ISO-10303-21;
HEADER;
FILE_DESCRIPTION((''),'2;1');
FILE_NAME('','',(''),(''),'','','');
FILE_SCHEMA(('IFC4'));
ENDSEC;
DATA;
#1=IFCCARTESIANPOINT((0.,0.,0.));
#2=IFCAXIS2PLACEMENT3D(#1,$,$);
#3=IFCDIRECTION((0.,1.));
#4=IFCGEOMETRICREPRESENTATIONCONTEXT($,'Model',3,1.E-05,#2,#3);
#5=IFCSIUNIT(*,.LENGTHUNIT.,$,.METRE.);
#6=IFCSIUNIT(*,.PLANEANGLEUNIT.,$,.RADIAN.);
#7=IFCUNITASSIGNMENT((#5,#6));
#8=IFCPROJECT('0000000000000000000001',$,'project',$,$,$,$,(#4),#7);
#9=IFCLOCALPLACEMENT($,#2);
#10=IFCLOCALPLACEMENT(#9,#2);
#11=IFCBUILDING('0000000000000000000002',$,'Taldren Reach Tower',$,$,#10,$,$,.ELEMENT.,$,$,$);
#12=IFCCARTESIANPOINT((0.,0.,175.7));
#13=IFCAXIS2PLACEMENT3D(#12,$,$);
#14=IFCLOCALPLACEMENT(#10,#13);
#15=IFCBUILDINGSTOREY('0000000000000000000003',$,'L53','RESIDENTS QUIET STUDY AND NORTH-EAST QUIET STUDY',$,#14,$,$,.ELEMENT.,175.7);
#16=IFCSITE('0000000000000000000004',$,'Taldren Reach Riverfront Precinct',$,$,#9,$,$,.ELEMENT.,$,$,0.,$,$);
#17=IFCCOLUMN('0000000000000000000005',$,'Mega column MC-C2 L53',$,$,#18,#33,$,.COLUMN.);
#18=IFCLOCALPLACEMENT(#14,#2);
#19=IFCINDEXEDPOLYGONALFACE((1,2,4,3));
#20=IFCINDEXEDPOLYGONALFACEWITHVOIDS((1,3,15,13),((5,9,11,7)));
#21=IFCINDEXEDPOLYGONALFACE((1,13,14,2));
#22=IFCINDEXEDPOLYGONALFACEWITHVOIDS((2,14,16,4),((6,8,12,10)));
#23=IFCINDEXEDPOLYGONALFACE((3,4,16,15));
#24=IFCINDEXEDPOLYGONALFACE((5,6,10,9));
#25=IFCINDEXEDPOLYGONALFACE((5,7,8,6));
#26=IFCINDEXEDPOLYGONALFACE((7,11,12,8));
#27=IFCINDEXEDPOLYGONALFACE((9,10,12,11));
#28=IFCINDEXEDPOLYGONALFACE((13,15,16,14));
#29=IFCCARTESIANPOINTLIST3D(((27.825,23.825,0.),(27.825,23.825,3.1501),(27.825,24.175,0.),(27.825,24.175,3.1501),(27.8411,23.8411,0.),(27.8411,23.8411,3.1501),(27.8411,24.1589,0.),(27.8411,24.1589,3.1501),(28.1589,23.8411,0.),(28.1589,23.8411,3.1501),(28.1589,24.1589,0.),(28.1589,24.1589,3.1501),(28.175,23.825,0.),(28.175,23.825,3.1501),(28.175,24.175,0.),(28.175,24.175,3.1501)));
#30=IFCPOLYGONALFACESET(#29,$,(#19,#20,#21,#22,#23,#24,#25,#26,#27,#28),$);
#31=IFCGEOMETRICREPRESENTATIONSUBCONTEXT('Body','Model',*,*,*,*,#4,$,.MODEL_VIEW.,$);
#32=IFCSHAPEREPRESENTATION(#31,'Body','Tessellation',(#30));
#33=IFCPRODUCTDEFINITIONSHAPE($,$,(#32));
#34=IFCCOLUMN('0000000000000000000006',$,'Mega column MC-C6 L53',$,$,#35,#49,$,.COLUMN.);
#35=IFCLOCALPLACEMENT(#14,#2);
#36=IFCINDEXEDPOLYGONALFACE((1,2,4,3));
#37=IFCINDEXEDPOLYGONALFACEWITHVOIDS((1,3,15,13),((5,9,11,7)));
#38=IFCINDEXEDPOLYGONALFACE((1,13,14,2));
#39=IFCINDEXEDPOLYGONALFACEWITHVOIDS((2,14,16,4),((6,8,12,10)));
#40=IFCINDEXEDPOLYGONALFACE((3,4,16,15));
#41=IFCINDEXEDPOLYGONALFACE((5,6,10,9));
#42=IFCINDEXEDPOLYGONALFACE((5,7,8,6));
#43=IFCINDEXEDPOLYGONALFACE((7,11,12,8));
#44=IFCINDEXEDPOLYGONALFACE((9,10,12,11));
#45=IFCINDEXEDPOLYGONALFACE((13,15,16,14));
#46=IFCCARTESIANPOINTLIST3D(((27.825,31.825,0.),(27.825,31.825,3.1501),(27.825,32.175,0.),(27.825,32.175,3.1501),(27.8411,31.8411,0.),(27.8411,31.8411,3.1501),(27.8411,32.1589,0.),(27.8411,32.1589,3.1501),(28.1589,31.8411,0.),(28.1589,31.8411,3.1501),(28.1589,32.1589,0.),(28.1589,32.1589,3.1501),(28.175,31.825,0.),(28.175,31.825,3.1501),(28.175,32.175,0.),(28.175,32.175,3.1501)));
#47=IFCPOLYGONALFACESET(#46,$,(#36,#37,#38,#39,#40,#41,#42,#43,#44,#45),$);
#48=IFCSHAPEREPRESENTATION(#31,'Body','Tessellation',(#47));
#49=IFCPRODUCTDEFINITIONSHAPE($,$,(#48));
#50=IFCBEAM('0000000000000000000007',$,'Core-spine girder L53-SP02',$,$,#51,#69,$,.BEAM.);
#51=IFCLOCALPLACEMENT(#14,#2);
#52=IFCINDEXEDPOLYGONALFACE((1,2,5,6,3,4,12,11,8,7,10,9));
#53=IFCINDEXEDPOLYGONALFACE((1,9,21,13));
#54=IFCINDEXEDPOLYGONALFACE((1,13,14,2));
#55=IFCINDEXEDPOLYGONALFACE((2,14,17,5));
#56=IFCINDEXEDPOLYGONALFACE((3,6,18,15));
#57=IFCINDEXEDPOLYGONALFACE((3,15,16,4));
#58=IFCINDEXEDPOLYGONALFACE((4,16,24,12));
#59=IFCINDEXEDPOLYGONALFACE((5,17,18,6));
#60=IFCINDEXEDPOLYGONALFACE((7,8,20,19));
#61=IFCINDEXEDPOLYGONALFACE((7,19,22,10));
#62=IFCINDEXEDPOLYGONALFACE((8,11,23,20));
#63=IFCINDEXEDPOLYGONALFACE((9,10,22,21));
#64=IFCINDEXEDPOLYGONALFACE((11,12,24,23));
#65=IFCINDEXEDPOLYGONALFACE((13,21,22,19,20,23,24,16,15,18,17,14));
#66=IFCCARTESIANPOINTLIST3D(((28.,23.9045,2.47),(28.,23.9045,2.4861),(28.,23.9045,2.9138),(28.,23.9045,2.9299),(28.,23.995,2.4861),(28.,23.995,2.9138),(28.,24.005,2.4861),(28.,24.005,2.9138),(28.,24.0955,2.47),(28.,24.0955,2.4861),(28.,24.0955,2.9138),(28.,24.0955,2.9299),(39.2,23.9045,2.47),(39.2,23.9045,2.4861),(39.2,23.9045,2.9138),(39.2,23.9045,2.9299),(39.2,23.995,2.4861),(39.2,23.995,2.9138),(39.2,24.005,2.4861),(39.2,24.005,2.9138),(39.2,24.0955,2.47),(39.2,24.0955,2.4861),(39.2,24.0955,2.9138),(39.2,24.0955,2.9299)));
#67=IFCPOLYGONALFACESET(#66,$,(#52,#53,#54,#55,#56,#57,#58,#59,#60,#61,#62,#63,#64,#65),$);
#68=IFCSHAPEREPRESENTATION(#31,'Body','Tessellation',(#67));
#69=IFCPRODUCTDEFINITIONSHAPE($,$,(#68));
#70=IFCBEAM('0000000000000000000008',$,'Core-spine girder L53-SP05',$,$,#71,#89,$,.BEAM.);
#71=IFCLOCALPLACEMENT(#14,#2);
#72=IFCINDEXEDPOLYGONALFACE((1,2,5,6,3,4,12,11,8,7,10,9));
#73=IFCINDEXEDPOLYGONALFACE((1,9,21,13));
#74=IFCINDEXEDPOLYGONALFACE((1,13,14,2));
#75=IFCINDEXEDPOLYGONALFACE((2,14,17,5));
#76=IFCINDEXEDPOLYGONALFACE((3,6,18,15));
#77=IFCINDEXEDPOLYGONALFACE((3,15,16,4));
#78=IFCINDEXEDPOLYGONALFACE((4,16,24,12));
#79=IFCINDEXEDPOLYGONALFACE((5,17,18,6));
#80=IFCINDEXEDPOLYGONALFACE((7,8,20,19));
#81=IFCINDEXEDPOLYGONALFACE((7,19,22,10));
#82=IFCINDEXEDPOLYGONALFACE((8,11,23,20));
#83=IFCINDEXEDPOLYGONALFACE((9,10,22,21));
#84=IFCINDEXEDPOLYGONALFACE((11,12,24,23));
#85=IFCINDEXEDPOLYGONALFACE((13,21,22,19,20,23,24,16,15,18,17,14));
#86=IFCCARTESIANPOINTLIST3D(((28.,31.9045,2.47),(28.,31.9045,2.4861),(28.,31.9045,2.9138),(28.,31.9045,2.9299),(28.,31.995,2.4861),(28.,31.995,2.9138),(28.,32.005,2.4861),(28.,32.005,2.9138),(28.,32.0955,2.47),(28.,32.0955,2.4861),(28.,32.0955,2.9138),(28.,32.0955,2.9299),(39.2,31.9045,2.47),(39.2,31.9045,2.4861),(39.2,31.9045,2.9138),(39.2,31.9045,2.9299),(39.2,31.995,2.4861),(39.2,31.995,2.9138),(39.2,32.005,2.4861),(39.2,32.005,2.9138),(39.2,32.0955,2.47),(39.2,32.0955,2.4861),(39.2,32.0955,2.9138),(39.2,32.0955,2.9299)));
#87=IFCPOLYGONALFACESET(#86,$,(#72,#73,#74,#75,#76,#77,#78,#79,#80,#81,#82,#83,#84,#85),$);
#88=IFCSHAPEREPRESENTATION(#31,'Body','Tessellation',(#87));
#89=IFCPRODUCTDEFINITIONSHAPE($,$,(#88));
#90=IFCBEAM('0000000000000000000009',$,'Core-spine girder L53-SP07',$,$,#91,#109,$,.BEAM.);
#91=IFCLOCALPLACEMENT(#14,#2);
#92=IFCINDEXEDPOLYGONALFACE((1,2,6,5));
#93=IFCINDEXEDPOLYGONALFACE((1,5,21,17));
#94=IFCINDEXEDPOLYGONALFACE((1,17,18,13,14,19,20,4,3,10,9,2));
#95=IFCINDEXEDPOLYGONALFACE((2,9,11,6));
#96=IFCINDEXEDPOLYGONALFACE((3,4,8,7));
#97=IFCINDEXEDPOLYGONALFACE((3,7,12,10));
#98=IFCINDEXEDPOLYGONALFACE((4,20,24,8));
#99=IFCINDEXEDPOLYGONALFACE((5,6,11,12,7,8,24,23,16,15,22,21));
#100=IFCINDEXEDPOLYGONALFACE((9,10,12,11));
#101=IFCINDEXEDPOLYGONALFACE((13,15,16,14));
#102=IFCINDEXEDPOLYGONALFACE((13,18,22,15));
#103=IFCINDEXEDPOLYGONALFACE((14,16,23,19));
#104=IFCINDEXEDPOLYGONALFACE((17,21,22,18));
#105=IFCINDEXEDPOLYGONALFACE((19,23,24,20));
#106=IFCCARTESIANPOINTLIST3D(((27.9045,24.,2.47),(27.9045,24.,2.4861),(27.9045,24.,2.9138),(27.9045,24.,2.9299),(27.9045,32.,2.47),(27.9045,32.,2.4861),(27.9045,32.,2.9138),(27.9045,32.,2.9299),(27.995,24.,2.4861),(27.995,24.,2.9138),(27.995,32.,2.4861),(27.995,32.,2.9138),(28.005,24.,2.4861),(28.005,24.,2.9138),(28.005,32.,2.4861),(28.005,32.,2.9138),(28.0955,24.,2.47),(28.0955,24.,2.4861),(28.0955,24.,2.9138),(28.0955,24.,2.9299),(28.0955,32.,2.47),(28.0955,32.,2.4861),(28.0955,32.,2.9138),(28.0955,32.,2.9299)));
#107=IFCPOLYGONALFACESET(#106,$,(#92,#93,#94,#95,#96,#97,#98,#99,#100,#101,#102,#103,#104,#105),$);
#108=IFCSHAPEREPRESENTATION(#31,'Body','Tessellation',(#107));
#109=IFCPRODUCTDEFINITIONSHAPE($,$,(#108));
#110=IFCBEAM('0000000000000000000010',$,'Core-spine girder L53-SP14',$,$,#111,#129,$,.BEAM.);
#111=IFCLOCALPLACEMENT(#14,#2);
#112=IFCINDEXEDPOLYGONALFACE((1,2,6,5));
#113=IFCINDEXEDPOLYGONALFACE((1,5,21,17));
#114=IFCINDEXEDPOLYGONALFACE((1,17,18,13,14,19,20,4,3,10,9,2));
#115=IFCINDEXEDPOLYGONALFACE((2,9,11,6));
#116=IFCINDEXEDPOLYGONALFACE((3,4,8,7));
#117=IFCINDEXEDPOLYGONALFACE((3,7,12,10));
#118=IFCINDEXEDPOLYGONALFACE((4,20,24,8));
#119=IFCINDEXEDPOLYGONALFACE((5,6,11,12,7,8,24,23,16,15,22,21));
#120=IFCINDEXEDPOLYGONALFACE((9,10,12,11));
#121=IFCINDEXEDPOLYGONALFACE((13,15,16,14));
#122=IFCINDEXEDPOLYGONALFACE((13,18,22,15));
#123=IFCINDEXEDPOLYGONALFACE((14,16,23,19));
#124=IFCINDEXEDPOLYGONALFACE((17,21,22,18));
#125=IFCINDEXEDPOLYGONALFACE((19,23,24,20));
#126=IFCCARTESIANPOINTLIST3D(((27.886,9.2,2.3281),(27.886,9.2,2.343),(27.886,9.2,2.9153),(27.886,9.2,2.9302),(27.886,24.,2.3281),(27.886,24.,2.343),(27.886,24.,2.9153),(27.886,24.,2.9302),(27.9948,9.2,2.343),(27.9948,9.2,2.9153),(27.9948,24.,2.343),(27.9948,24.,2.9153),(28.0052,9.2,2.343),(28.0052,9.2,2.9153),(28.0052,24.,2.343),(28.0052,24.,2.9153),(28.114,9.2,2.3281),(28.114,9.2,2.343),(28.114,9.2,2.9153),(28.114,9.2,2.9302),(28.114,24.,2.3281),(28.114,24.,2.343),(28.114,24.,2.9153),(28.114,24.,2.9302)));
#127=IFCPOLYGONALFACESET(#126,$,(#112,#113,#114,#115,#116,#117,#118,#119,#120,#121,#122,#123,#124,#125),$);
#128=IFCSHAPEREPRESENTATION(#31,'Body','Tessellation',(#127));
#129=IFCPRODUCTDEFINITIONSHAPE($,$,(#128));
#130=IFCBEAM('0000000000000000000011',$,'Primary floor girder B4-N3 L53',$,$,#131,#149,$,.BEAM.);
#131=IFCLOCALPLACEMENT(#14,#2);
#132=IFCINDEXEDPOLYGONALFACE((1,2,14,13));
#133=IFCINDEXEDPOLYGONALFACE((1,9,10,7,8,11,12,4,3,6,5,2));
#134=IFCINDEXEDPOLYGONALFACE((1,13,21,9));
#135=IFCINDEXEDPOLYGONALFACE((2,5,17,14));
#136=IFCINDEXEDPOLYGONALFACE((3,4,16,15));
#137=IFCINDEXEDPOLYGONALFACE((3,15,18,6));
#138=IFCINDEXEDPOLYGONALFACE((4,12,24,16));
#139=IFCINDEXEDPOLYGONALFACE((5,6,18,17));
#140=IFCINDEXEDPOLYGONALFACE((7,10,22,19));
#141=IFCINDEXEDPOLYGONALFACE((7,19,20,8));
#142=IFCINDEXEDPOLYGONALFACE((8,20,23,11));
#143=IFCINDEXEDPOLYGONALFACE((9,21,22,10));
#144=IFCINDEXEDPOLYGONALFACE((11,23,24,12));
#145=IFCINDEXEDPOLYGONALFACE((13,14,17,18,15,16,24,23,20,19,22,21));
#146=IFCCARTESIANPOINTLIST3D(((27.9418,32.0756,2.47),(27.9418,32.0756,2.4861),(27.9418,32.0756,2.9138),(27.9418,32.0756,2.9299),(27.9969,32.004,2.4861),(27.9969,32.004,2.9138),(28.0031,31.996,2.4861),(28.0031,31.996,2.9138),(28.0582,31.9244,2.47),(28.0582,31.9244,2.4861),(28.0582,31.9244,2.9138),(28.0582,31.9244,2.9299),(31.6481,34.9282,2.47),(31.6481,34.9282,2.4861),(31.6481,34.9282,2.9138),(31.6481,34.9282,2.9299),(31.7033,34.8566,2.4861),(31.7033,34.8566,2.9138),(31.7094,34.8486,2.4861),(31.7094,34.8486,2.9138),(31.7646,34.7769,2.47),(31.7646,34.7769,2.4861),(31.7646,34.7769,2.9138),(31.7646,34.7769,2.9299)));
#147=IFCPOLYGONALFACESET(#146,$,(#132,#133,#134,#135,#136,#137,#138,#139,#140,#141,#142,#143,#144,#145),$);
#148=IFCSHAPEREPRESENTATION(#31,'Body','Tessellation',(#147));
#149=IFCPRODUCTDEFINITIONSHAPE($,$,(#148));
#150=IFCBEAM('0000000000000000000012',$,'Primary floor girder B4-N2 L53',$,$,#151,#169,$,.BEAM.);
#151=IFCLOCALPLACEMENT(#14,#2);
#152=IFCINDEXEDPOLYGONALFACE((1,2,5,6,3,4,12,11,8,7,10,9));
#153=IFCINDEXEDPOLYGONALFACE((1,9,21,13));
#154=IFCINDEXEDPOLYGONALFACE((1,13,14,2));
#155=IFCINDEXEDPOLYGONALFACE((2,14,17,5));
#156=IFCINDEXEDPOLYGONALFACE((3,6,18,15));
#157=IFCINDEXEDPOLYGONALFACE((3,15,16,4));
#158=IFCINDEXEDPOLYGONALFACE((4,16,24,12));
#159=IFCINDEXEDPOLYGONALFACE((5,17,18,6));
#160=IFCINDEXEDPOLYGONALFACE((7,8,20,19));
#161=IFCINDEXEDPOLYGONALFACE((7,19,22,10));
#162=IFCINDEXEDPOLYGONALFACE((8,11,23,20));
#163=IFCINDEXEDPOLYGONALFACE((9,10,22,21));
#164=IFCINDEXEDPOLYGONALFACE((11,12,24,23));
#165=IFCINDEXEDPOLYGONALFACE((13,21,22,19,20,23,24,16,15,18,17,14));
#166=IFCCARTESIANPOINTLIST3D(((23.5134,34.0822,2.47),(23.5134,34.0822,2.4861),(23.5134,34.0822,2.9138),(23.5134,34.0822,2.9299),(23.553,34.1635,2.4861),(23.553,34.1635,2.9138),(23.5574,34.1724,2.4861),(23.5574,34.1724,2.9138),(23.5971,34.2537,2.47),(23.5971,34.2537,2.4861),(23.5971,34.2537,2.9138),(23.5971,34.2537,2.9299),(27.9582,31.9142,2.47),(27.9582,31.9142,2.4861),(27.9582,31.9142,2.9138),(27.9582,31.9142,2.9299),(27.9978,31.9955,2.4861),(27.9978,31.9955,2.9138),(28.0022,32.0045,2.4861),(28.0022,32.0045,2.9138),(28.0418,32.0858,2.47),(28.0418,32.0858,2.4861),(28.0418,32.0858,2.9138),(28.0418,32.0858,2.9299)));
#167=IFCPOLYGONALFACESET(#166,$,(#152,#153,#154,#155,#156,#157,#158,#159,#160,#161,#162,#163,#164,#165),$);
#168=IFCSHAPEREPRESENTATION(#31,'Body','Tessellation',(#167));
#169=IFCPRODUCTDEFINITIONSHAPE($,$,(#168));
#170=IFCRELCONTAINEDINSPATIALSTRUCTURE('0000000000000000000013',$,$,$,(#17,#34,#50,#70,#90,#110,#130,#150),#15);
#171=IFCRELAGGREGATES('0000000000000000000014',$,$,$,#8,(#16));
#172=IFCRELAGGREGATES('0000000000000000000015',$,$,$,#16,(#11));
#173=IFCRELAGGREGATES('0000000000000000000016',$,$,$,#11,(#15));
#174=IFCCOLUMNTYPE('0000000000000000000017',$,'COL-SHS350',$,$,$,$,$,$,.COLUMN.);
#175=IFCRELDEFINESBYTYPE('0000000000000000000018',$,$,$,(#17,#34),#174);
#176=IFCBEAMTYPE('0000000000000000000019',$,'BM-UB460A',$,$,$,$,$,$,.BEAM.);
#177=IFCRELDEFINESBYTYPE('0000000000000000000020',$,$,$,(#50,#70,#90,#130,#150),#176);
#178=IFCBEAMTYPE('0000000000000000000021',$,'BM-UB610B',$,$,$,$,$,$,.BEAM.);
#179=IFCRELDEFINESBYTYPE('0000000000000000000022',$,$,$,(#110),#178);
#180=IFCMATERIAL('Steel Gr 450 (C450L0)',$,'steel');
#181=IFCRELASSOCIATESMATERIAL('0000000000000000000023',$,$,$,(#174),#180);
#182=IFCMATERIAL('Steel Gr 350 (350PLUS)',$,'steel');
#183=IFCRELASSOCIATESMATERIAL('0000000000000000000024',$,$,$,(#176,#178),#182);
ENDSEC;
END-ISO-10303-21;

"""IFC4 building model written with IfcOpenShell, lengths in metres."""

from ifc_helpers import new_model, si_unit, direction, frame, origin, origin_2d, place, context, subcontext, project, spatial, hollow_rectangle, i_section, extrude, source, transform, mapped, material, material_profile, profile_set, type_object, element, save


model = new_model("IFC4")

# Units and contexts
model_context = context("Model", 3, precision=1e-05, world=origin(), true_north=direction((0.0, 1.0)))
body_context = subcontext(model_context, "Body", "Model", "MODEL_VIEW")
ifc_project = project(units=[si_unit("LENGTHUNIT", "METRE"), si_unit("PLANEANGLEUNIT", "RADIAN")], contexts=[model_context])

# Site, building, storey
site_placement = place(None, origin())
site = spatial("IfcSite", under=ifc_project, at=site_placement, Name="Taldren Reach Riverfront Precinct", CompositionType="ELEMENT", RefElevation=0.0)
building_placement = place(site_placement, origin())
building = spatial("IfcBuilding", under=site, at=building_placement, Name="Taldren Reach Tower", CompositionType="ELEMENT")
storey_placement = place(building_placement, frame((0.0, 0.0, 175.7)))
storey = spatial("IfcBuildingStorey", under=building, at=storey_placement, Name="L53", Description="RESIDENTS QUIET STUDY AND NORTH-EAST QUIET STUDY", CompositionType="ELEMENT", Elevation=175.7)

# Columns
ifc_material_1 = material(Name="Steel Gr 450 (C450L0)", Category="steel")
ifc_material_profile_1 = material_profile(ifc_material_1, hollow_rectangle(XDim=0.3501, YDim=0.3501, WallThickness=0.0161, at=origin_2d()), Name="350x350x16.0SHS")
ifc_profile_set_1 = profile_set([ifc_material_profile_1], Name="Steel Gr 450 (C450L0)")
column_type = type_object("IfcColumnType", Name="COL-SHS350", PredefinedType="COLUMN", material=ifc_profile_set_1)
shared_shape_1 = source(origin(), body_context, "Body", "SweptSolid", [
    extrude(hollow_rectangle(XDim=0.3501, YDim=0.3501, WallThickness=0.0161, at=origin_2d()), origin(), (0.0, 0.0, 1.0), 3.1501),
])
for number, where, z_axis, x_axis, name in (
    (1, (28.0, 24.0, 0.0), (0.0, 0.0, 1.0), (1.0, 0.0, 0.0), "Mega column MC-C2 L53"),
    (2, (28.0, 32.0, 0.0), (0.0, 0.0, 1.0), (1.0, 0.0, 0.0), "Mega column MC-C6 L53"),
):
    element("IfcColumn", number, at=place(storey_placement, frame(where, z_axis=z_axis, x_axis=x_axis)), inside=storey, type_object=column_type, Name=name, PredefinedType="COLUMN", context=body_context, shape_type="MappedRepresentation", body=[
        mapped(shared_shape_1, transform((0.0, 0.0, 0.0), scale=1.0)),
    ])

# Beams
ifc_material_2 = material(Name="Steel Gr 350 (350PLUS)", Category="steel")
ifc_material_profile_2 = material_profile(ifc_material_2, i_section(OverallWidth=0.1909, OverallDepth=0.46, WebThickness=0.01, FlangeThickness=0.0161, at=origin_2d()), Name="460UB82.1")
ifc_profile_set_2 = profile_set([ifc_material_profile_2], Name="Steel Gr 350 (350PLUS)")
beam_type_1 = type_object("IfcBeamType", Name="BM-UB460A", PredefinedType="BEAM", material=ifc_profile_set_2)
shared_shape_2 = source(origin(), body_context, "Body", "SweptSolid", [
    extrude(i_section(OverallWidth=0.1909, OverallDepth=0.46, WebThickness=0.01, FlangeThickness=0.0161, at=origin_2d()), origin(), (0.0, 0.0, 1.0), 11.2),
])
for number, where, z_axis, x_axis, name in (
    (3, (28.0, 24.0, 2.7), (1.0, 0.0, 0.0), (0.0, 1.0, 0.0), "Core-spine girder L53-SP02"),
    (4, (28.0, 32.0, 2.7), (1.0, 0.0, 0.0), (0.0, 1.0, 0.0), "Core-spine girder L53-SP05"),
):
    element("IfcBeam", number, at=place(storey_placement, frame(where, z_axis=z_axis, x_axis=x_axis)), inside=storey, type_object=beam_type_1, Name=name, PredefinedType="BEAM", context=body_context, shape_type="MappedRepresentation", body=[
        mapped(shared_shape_2, transform((0.0, 0.0, 0.0), scale=1.0)),
    ])
shared_shape_3 = source(origin(), body_context, "Body", "SweptSolid", [
    extrude(i_section(OverallWidth=0.1909, OverallDepth=0.46, WebThickness=0.01, FlangeThickness=0.0161, at=origin_2d()), origin(), (0.0, 0.0, 1.0), 8.0),
])
beam_1_placement = place(storey_placement, frame((28.0, 24.0, 2.7), z_axis=(0.0, 1.0, 0.0), x_axis=(-1.0, 0.0, 0.0)))
element("IfcBeam", 5, at=beam_1_placement, inside=storey, type_object=beam_type_1, Name="Core-spine girder L53-SP07", PredefinedType="BEAM", context=body_context, shape_type="MappedRepresentation", body=[
    mapped(shared_shape_3, transform((0.0, 0.0, 0.0), scale=1.0)),
])
ifc_material_profile_3 = material_profile(ifc_material_2, i_section(OverallWidth=0.228, OverallDepth=0.6021, WebThickness=0.0105, FlangeThickness=0.0149, at=origin_2d()), Name="610UB101")
ifc_profile_set_3 = profile_set([ifc_material_profile_3], Name="Steel Gr 350 (350PLUS)")
beam_type_2 = type_object("IfcBeamType", Name="BM-UB610B", PredefinedType="BEAM", material=ifc_profile_set_3)
shared_shape_4 = source(origin(), body_context, "Body", "SweptSolid", [
    extrude(i_section(OverallWidth=0.228, OverallDepth=0.6021, WebThickness=0.0105, FlangeThickness=0.0149, at=origin_2d()), origin(), (0.0, 0.0, 1.0), 14.8),
])
beam_2_placement = place(storey_placement, frame((28.0, 24.0, 2.6292), z_axis=(0.0, -1.0, 0.0), x_axis=(1.0, 0.0, 0.0)))
element("IfcBeam", 6, at=beam_2_placement, inside=storey, type_object=beam_type_2, Name="Core-spine girder L53-SP14", PredefinedType="BEAM", context=body_context, shape_type="MappedRepresentation", body=[
    mapped(shared_shape_4, transform((0.0, 0.0, 0.0), scale=1.0)),
])
shared_shape_5 = source(origin(), body_context, "Body", "SweptSolid", [
    extrude(i_section(OverallWidth=0.1909, OverallDepth=0.46, WebThickness=0.01, FlangeThickness=0.0161, at=origin_2d()), origin(), (0.0, 0.0, 1.0), 4.677),
])
beam_3_placement = place(storey_placement, frame((28.0, 32.0, 2.7), z_axis=(0.792465, 0.609918, 0.0), x_axis=(-0.609918, 0.792465, 0.0)))
element("IfcBeam", 7, at=beam_3_placement, inside=storey, type_object=beam_type_1, Name="Primary floor girder B4-N3 L53", PredefinedType="BEAM", context=body_context, shape_type="MappedRepresentation", body=[
    mapped(shared_shape_5, transform((0.0, 0.0, 0.0), scale=1.0)),
])
shared_shape_6 = source(origin(), body_context, "Body", "SweptSolid", [
    extrude(i_section(OverallWidth=0.1909, OverallDepth=0.46, WebThickness=0.01, FlangeThickness=0.0161, at=origin_2d()), origin(), (0.0, 0.0, 1.0), 4.9453),
])
beam_4_placement = place(storey_placement, frame((28.0, 32.0, 2.7), z_axis=(-0.898787, 0.438385, 0.0), x_axis=(-0.438385, -0.898787, 0.0)))
element("IfcBeam", 8, at=beam_4_placement, inside=storey, type_object=beam_type_1, Name="Primary floor girder B4-N2 L53", PredefinedType="BEAM", context=body_context, shape_type="MappedRepresentation", body=[
    mapped(shared_shape_6, transform((0.0, 0.0, 0.0), scale=1.0)),
])

save(model, "model.ifc")
